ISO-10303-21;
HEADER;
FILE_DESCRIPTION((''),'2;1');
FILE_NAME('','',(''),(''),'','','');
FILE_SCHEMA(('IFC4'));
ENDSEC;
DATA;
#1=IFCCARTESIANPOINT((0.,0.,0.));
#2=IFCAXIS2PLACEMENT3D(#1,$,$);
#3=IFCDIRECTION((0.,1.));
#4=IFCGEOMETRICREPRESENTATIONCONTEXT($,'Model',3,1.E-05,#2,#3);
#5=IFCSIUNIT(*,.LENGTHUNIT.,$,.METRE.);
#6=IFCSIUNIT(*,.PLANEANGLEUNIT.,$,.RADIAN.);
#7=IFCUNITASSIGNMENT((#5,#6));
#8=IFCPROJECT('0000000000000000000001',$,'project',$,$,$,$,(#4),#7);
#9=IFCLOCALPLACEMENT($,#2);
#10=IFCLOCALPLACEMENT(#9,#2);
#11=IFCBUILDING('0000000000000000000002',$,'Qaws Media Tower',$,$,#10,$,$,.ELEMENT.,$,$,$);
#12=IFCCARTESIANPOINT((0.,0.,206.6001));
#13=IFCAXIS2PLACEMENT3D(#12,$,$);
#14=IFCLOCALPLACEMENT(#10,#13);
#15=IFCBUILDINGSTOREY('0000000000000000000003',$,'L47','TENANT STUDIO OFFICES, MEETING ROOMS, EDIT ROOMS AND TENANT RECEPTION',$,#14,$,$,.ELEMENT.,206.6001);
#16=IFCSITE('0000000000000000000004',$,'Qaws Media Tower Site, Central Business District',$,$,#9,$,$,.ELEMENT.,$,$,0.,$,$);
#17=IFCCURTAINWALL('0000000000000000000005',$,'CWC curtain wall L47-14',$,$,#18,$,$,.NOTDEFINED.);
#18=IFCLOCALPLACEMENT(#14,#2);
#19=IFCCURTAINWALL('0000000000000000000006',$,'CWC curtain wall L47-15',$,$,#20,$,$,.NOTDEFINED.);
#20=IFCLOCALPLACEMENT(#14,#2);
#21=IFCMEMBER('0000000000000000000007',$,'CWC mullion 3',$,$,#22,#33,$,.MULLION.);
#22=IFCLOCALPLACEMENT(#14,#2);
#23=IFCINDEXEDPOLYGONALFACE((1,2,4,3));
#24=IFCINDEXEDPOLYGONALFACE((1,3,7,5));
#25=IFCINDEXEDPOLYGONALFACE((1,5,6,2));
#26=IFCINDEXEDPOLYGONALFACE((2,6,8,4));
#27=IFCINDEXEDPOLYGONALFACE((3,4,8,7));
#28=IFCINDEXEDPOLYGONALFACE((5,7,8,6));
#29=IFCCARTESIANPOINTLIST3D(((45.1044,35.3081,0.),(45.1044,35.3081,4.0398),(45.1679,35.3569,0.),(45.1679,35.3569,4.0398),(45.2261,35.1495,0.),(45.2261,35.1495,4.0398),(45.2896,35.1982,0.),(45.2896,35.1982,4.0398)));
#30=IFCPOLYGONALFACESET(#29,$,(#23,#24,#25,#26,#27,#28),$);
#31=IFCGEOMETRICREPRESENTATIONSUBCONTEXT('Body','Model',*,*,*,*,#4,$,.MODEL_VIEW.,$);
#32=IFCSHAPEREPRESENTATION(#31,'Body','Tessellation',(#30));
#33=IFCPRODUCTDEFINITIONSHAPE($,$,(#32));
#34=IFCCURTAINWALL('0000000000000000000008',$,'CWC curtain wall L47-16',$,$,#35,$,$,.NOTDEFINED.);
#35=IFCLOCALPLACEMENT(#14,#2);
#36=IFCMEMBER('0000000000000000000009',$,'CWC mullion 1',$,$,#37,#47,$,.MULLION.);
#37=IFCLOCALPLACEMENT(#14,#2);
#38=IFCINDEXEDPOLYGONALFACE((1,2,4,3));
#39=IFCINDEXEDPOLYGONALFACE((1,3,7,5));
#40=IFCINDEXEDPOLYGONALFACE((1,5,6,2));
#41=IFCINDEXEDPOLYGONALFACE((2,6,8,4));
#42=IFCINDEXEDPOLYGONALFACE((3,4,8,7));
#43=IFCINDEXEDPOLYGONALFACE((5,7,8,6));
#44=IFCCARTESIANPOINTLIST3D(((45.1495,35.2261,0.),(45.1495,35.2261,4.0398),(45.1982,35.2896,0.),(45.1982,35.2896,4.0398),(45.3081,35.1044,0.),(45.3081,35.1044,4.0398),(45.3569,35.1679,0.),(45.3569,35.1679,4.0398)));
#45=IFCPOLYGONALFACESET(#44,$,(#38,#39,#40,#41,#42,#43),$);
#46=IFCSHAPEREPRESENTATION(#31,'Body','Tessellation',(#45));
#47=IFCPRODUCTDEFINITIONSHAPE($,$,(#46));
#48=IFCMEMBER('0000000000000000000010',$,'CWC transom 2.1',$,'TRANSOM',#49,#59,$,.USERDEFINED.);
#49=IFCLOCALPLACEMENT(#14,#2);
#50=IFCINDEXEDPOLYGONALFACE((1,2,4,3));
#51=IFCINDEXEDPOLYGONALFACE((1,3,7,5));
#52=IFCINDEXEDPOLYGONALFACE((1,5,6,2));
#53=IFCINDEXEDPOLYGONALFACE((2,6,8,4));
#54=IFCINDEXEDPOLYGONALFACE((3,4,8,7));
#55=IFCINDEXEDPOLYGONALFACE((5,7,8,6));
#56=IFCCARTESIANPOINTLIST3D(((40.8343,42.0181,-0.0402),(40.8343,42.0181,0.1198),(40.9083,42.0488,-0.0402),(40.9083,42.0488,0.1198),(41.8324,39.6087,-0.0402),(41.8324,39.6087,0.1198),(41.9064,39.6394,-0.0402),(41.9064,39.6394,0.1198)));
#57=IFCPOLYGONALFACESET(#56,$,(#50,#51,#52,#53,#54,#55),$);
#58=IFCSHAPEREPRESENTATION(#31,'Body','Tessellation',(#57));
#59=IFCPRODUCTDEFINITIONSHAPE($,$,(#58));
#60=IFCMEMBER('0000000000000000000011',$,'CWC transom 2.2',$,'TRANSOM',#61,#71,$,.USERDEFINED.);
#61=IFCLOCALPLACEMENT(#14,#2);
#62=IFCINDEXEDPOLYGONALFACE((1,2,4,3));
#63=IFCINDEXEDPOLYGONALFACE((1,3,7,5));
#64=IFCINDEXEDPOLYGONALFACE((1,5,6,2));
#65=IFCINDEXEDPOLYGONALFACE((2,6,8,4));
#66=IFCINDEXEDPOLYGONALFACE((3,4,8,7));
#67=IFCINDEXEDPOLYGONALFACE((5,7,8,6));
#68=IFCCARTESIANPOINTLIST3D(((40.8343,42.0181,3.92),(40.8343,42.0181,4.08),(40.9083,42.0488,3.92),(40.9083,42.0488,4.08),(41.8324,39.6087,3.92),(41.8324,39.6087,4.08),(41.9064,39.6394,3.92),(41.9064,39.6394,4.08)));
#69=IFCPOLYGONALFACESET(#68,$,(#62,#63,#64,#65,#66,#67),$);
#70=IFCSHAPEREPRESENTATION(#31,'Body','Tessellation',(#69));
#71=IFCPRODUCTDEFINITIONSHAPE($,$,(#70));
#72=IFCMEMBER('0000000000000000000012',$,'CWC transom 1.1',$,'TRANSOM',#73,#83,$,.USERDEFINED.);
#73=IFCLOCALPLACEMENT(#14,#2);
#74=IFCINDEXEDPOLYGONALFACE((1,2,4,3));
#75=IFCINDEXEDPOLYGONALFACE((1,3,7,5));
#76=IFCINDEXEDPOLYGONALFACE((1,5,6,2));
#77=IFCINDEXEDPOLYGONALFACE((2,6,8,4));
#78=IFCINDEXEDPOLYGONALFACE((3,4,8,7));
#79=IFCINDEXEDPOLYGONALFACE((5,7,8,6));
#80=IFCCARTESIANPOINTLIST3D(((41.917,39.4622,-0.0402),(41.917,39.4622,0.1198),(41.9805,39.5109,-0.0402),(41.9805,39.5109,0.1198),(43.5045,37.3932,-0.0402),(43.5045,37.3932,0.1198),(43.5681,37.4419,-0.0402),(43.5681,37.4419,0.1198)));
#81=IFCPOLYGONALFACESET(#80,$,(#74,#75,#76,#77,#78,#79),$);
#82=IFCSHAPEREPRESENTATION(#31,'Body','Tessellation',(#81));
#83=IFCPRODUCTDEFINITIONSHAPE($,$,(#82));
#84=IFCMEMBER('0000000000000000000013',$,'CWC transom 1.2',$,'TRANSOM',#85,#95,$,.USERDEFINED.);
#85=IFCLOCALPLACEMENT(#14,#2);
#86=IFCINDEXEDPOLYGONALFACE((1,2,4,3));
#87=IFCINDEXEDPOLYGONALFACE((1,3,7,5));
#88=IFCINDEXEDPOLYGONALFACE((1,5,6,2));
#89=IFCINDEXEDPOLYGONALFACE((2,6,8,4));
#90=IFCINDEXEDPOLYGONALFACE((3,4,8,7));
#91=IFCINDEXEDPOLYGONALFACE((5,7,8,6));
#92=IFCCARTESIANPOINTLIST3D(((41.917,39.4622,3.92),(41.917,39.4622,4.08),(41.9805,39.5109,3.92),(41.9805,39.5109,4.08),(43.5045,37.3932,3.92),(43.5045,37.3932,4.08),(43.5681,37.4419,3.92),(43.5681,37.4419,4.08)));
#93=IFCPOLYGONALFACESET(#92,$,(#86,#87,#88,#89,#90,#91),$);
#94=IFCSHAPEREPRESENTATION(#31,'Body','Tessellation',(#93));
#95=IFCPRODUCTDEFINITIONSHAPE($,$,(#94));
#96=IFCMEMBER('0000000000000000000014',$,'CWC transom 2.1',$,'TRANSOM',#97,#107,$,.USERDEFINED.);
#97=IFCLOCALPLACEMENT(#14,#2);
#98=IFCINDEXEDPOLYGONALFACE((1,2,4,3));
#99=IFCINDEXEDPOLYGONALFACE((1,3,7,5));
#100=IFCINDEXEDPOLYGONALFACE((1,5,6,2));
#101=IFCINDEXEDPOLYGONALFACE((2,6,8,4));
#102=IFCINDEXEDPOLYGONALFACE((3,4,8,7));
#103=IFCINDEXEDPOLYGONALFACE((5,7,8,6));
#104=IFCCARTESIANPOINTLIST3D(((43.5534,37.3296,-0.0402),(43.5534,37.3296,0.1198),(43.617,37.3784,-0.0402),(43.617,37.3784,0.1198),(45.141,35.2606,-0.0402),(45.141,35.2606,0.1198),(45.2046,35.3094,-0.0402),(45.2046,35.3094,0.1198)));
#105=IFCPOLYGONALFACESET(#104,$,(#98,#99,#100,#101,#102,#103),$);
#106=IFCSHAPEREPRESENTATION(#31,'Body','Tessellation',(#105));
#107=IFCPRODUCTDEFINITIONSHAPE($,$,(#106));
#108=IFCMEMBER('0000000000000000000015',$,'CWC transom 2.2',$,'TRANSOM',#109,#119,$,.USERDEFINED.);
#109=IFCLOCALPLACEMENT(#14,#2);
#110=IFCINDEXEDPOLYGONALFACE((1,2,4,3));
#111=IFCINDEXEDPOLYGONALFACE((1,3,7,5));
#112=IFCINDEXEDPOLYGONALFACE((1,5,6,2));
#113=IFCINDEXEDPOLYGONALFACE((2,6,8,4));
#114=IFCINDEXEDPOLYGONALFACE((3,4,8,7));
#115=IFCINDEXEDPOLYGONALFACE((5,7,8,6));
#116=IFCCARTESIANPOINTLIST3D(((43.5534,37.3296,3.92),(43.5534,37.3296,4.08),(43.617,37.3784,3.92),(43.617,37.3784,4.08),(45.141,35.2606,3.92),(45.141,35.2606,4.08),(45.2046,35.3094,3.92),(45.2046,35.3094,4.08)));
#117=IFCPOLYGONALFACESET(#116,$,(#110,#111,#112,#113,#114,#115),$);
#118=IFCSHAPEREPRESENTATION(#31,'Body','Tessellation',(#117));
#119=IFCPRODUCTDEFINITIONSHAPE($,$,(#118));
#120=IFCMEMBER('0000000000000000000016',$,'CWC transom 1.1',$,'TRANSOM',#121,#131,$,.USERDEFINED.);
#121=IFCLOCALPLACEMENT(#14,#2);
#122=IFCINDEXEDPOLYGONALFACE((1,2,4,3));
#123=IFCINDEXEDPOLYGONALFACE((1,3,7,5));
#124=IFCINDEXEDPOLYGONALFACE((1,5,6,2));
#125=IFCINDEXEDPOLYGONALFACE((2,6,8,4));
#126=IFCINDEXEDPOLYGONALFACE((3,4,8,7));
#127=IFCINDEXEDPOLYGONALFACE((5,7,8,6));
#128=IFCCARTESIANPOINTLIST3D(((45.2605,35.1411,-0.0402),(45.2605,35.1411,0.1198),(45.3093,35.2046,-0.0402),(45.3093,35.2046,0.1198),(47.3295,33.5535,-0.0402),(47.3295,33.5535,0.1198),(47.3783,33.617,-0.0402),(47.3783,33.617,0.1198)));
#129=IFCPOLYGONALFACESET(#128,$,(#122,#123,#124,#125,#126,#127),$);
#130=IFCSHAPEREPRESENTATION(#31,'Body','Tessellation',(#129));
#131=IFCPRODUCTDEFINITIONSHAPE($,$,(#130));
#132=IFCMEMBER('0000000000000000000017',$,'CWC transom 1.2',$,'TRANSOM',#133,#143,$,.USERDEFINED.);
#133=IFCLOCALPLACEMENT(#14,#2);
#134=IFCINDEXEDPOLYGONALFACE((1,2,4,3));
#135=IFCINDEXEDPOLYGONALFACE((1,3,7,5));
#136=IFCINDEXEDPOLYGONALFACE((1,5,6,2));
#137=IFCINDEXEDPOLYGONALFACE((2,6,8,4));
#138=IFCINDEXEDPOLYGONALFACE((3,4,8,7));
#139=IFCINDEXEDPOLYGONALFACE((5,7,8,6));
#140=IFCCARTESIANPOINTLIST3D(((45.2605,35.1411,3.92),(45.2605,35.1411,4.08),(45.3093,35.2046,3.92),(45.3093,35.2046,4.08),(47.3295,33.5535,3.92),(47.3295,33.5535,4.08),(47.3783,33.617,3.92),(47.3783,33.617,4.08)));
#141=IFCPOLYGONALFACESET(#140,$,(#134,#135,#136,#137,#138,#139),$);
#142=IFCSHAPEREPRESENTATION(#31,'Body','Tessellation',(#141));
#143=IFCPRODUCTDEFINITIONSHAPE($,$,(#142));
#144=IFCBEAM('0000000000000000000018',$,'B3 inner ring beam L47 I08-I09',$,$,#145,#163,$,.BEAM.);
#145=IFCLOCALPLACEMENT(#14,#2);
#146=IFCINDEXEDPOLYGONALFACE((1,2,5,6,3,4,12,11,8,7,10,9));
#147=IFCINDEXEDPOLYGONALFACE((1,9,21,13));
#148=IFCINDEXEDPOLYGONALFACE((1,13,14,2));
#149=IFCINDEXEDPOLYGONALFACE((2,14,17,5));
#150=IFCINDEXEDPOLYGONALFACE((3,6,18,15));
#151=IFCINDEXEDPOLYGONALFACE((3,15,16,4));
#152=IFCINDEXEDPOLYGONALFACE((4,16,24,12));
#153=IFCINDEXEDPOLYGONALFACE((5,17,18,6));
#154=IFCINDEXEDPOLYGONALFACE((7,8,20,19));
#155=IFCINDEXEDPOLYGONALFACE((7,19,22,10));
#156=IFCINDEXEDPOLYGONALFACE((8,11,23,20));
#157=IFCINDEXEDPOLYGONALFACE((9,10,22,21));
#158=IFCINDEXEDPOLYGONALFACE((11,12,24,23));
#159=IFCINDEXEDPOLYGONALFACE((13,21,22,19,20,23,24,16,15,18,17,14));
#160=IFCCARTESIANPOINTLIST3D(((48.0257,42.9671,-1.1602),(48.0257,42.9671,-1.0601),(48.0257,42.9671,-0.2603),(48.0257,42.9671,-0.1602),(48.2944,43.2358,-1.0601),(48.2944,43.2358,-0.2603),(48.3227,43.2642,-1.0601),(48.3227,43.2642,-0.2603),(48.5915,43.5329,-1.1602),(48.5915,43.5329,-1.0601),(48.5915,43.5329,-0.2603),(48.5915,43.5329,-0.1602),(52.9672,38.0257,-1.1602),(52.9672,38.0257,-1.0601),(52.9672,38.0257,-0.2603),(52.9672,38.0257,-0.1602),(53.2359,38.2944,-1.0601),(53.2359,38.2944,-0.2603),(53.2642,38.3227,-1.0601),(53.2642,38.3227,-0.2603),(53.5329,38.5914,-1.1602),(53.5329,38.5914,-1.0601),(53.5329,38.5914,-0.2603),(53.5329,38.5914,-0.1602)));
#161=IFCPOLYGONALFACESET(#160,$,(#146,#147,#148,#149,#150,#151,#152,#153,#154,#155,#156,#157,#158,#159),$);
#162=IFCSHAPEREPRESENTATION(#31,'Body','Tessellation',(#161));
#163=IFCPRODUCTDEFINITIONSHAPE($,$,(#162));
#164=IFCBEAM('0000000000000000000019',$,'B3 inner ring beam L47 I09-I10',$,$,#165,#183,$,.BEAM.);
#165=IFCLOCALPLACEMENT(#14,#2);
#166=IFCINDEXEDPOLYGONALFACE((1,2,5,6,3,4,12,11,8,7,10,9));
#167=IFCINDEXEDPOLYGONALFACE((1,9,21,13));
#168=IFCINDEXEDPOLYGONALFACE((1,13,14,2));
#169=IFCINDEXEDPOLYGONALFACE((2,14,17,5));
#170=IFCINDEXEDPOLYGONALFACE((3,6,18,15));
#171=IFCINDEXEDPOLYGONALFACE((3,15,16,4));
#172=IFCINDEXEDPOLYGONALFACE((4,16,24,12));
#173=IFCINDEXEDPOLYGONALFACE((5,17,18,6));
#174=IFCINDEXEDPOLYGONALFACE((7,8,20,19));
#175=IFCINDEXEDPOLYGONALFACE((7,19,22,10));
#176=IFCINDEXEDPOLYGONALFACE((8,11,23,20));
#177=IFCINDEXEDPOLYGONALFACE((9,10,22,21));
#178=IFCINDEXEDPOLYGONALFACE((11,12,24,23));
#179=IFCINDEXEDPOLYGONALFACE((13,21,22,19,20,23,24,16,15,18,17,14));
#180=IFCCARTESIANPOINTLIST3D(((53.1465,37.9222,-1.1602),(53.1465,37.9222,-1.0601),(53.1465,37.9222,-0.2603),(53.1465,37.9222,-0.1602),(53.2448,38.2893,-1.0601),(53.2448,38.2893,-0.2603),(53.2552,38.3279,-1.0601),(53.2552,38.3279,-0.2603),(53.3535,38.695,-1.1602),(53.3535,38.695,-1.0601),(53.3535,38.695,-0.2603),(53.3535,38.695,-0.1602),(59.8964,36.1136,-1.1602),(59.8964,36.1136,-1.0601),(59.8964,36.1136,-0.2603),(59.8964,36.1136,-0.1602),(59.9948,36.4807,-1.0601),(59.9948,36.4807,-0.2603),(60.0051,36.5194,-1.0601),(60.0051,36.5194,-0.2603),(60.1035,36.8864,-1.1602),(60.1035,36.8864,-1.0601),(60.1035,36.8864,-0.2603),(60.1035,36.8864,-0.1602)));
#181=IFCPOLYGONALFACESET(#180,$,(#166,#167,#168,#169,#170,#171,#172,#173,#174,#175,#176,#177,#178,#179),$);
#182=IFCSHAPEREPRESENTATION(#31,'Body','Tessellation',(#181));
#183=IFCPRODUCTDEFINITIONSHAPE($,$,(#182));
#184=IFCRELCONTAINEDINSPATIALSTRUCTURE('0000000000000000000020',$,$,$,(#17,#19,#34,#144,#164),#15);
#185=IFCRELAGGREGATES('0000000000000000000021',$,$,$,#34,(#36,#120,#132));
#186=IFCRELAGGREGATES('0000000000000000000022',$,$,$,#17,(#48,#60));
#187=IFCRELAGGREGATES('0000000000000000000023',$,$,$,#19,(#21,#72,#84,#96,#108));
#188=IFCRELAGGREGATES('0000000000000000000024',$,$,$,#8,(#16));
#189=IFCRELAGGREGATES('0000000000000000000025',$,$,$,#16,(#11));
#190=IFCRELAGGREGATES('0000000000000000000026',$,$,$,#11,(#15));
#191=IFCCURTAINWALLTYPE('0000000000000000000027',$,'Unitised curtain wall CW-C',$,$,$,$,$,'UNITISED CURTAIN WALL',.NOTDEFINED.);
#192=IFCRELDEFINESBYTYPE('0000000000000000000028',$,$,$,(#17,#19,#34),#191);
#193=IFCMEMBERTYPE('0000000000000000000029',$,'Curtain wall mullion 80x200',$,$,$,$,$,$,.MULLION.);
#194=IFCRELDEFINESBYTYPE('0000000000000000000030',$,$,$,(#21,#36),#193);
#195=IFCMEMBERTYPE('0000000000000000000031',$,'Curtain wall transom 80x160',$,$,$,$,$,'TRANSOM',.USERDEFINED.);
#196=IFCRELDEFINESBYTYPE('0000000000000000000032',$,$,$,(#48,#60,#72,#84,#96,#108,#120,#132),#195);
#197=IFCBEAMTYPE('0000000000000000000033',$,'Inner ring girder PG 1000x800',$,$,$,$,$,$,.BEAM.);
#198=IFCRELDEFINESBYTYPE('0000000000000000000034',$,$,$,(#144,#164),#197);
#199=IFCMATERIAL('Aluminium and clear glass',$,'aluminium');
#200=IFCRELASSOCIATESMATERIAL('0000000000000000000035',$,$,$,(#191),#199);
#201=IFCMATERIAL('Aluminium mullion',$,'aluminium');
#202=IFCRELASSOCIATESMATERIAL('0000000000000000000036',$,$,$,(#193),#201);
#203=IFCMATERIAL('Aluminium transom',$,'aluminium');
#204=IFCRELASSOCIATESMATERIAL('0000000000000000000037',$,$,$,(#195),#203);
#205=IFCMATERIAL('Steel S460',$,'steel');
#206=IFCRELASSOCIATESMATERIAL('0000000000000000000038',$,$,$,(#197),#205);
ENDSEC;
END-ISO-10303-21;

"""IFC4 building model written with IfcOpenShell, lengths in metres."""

from ifc_helpers import new_model, si_unit, direction, frame, origin, origin_2d, place, context, subcontext, project, spatial, rectangle, i_section, extrude, material, material_profile, profile_set, type_object, element, aggregate, save


model = new_model("IFC4")

# Units and contexts
model_context = context("Model", 3, precision=1e-05, world=origin(), true_north=direction((0.0, 1.0)))
body_context = subcontext(model_context, "Body", "Model", "MODEL_VIEW")
ifc_project = project(units=[si_unit("LENGTHUNIT", "METRE"), si_unit("PLANEANGLEUNIT", "RADIAN")], contexts=[model_context])

# Site, building, storey
site_placement = place(None, origin())
site = spatial("IfcSite", under=ifc_project, at=site_placement, Name="Qaws Media Tower Site, Central Business District", CompositionType="ELEMENT", RefElevation=0.0)
building_placement = place(site_placement, origin())
building = spatial("IfcBuilding", under=site, at=building_placement, Name="Qaws Media Tower", CompositionType="ELEMENT")
storey_placement = place(building_placement, frame((0.0, 0.0, 206.6001)))
storey = spatial("IfcBuildingStorey", under=building, at=storey_placement, Name="L47", Description="TENANT STUDIO OFFICES, MEETING ROOMS, EDIT ROOMS AND TENANT RECEPTION", CompositionType="ELEMENT", Elevation=206.6001)

# Curtain wall
ifc_material_1 = material(Name="Aluminium and clear glass", Category="aluminium")
curtain_wall_type = type_object("IfcCurtainWallType", Name="Unitised curtain wall CW-C", ElementType="UNITISED CURTAIN WALL", PredefinedType="NOTDEFINED", material=ifc_material_1)
curtain_wall_1_placement = place(storey_placement, origin())
curtain_wall_1 = element("IfcCurtainWall", 1, at=curtain_wall_1_placement, inside=storey, type_object=curtain_wall_type, Name="CWC curtain wall L47-14", PredefinedType="NOTDEFINED")
ifc_material_2 = material(Name="Aluminium mullion", Category="aluminium")
ifc_material_profile_1 = material_profile(ifc_material_2, rectangle(XDim=0.0801, YDim=0.2, at=origin_2d()), Name="80x200")
ifc_profile_set_1 = profile_set([ifc_material_profile_1], Name="Aluminium mullion")
member_type_1 = type_object("IfcMemberType", Name="Curtain wall mullion 80x200", PredefinedType="MULLION", material=ifc_profile_set_1)

# Curtain wall, member
curtain_wall_2_placement = place(storey_placement, origin())
curtain_wall_2 = element("IfcCurtainWall", 2, at=curtain_wall_2_placement, inside=storey, type_object=curtain_wall_type, Name="CWC curtain wall L47-15", PredefinedType="NOTDEFINED")
member_1_placement = place(storey_placement, frame((45.197, 35.2532, 0.0), z_axis=(0.0, 0.0, 1.0), x_axis=(0.793353, 0.608761, 0.0)))
member_1 = element("IfcMember", 3, at=member_1_placement, type_object=member_type_1, Name="CWC mullion 3", PredefinedType="MULLION", context=body_context, shape_type="SweptSolid", body=[
    extrude(rectangle(XDim=0.0801, YDim=0.2, at=origin_2d()), origin(), (0.0, 0.0, 1.0), 4.0398),
])

# Curtain wall, member
curtain_wall_3_placement = place(storey_placement, origin())
curtain_wall_3 = element("IfcCurtainWall", 4, at=curtain_wall_3_placement, inside=storey, type_object=curtain_wall_type, Name="CWC curtain wall L47-16", PredefinedType="NOTDEFINED")
member_2_placement = place(storey_placement, frame((45.2532, 35.197, 0.0), z_axis=(0.0, 0.0, 1.0), x_axis=(0.608761, 0.793353, 0.0)))
member_2 = element("IfcMember", 5, at=member_2_placement, type_object=member_type_1, Name="CWC mullion 1", PredefinedType="MULLION", context=body_context, shape_type="SweptSolid", body=[
    extrude(rectangle(XDim=0.0801, YDim=0.2, at=origin_2d()), origin(), (0.0, 0.0, 1.0), 4.0398),
])

# Members
ifc_material_3 = material(Name="Aluminium transom", Category="aluminium")
ifc_material_profile_2 = material_profile(ifc_material_3, rectangle(XDim=0.0801, YDim=0.1599, at=origin_2d()), Name="80x160")
ifc_profile_set_2 = profile_set([ifc_material_profile_2], Name="Aluminium transom")
member_type_2 = type_object("IfcMemberType", Name="Curtain wall transom 80x160", ElementType="TRANSOM", PredefinedType="USERDEFINED", material=ifc_profile_set_2)
member_3_placement = place(storey_placement, frame((40.8713, 42.0334, 0.0398), z_axis=(0.382694, -0.923875, 0.0), x_axis=(0.923875, 0.382694, 0.0)))
member_3 = element("IfcMember", 6, at=member_3_placement, type_object=member_type_2, Name="CWC transom 2.1", ObjectType="TRANSOM", PredefinedType="USERDEFINED", context=body_context, shape_type="SweptSolid", body=[
    extrude(rectangle(XDim=0.0801, YDim=0.1599, at=origin_2d()), origin(), (0.0, 0.0, 1.0), 2.6079),
])
member_4_placement = place(storey_placement, frame((40.8713, 42.0334, 4.0), z_axis=(0.382694, -0.923875, 0.0), x_axis=(0.923875, 0.382694, 0.0)))
member_4 = element("IfcMember", 7, at=member_4_placement, type_object=member_type_2, Name="CWC transom 2.2", ObjectType="TRANSOM", PredefinedType="USERDEFINED", context=body_context, shape_type="SweptSolid", body=[
    extrude(rectangle(XDim=0.0801, YDim=0.1599, at=origin_2d()), origin(), (0.0, 0.0, 1.0), 2.6079),
])
member_5_placement = place(storey_placement, frame((41.9487, 39.4866, 0.0398), z_axis=(0.608756, -0.793358, 0.0), x_axis=(0.793358, 0.608756, 0.0)))
member_5 = element("IfcMember", 8, at=member_5_placement, type_object=member_type_2, Name="CWC transom 1.1", ObjectType="TRANSOM", PredefinedType="USERDEFINED", context=body_context, shape_type="SweptSolid", body=[
    extrude(rectangle(XDim=0.0801, YDim=0.1599, at=origin_2d()), origin(), (0.0, 0.0, 1.0), 2.6079),
])
member_6_placement = place(storey_placement, frame((41.9487, 39.4866, 4.0), z_axis=(0.608756, -0.793358, 0.0), x_axis=(0.793358, 0.608756, 0.0)))
member_6 = element("IfcMember", 9, at=member_6_placement, type_object=member_type_2, Name="CWC transom 1.2", ObjectType="TRANSOM", PredefinedType="USERDEFINED", context=body_context, shape_type="SweptSolid", body=[
    extrude(rectangle(XDim=0.0801, YDim=0.1599, at=origin_2d()), origin(), (0.0, 0.0, 1.0), 2.6079),
])
member_7_placement = place(storey_placement, frame((43.5852, 37.354, 0.0398), z_axis=(0.608756, -0.793358, 0.0), x_axis=(0.793358, 0.608756, 0.0)))
member_7 = element("IfcMember", 10, at=member_7_placement, type_object=member_type_2, Name="CWC transom 2.1", ObjectType="TRANSOM", PredefinedType="USERDEFINED", context=body_context, shape_type="SweptSolid", body=[
    extrude(rectangle(XDim=0.0801, YDim=0.1599, at=origin_2d()), origin(), (0.0, 0.0, 1.0), 2.6079),
])
member_8_placement = place(storey_placement, frame((43.5852, 37.354, 4.0), z_axis=(0.608756, -0.793358, 0.0), x_axis=(0.793358, 0.608756, 0.0)))
member_8 = element("IfcMember", 11, at=member_8_placement, type_object=member_type_2, Name="CWC transom 2.2", ObjectType="TRANSOM", PredefinedType="USERDEFINED", context=body_context, shape_type="SweptSolid", body=[
    extrude(rectangle(XDim=0.0801, YDim=0.1599, at=origin_2d()), origin(), (0.0, 0.0, 1.0), 2.6079),
])
member_9_placement = place(storey_placement, frame((45.2849, 35.1729, 0.0398), z_axis=(0.793358, -0.608756, 0.0), x_axis=(0.608756, 0.793358, 0.0)))
member_9 = element("IfcMember", 12, at=member_9_placement, type_object=member_type_2, Name="CWC transom 1.1", ObjectType="TRANSOM", PredefinedType="USERDEFINED", context=body_context, shape_type="SweptSolid", body=[
    extrude(rectangle(XDim=0.0801, YDim=0.1599, at=origin_2d()), origin(), (0.0, 0.0, 1.0), 2.6079),
])
member_10_placement = place(storey_placement, frame((45.2849, 35.1729, 4.0), z_axis=(0.793358, -0.608756, 0.0), x_axis=(0.608756, 0.793358, 0.0)))
member_10 = element("IfcMember", 13, at=member_10_placement, type_object=member_type_2, Name="CWC transom 1.2", ObjectType="TRANSOM", PredefinedType="USERDEFINED", context=body_context, shape_type="SweptSolid", body=[
    extrude(rectangle(XDim=0.0801, YDim=0.1599, at=origin_2d()), origin(), (0.0, 0.0, 1.0), 2.6079),
])
aggregate(curtain_wall_3, [member_2, member_9, member_10])

# Beams
ifc_material_4 = material(Name="Steel S460", Category="steel")
ifc_material_profile_3 = material_profile(ifc_material_4, i_section(OverallWidth=0.8, OverallDepth=1.0, WebThickness=0.04, FlangeThickness=0.1001, at=origin_2d()), Name="PG 1000x800")
ifc_profile_set_3 = profile_set([ifc_material_profile_3], Name="Steel S460")
beam_type_1 = type_object("IfcBeamType", Name="Inner ring girder PG 1000x800", PredefinedType="BEAM", material=ifc_profile_set_3)
beam_1_placement = place(storey_placement, frame((48.3086, 43.25, -0.6602), z_axis=(0.707107, -0.707107, 0.0), x_axis=(0.707107, 0.707107, 0.0)))
element("IfcBeam", 14, at=beam_1_placement, inside=storey, type_object=beam_type_1, Name="B3 inner ring beam L47 I08-I09", PredefinedType="BEAM", context=body_context, shape_type="SweptSolid", body=[
    extrude(i_section(OverallWidth=0.8, OverallDepth=1.0, WebThickness=0.04, FlangeThickness=0.1001, at=origin_2d()), origin(), (0.0, 0.0, 1.0), 6.9883),
])
beam_2_placement = place(storey_placement, frame((53.25, 38.3086, -0.6602), z_axis=(0.965928, -0.258811, 0.0), x_axis=(0.258811, 0.965928, 0.0)))
element("IfcBeam", 15, at=beam_2_placement, inside=storey, type_object=beam_type_1, Name="B3 inner ring beam L47 I09-I10", PredefinedType="BEAM", context=body_context, shape_type="SweptSolid", body=[
    extrude(i_section(OverallWidth=0.8, OverallDepth=1.0, WebThickness=0.04, FlangeThickness=0.1001, at=origin_2d()), origin(), (0.0, 0.0, 1.0), 6.988),
])

aggregate(curtain_wall_1, [member_3, member_4])
aggregate(curtain_wall_2, [member_1, member_5, member_6, member_7, member_8])

save(model, "model.ifc")
